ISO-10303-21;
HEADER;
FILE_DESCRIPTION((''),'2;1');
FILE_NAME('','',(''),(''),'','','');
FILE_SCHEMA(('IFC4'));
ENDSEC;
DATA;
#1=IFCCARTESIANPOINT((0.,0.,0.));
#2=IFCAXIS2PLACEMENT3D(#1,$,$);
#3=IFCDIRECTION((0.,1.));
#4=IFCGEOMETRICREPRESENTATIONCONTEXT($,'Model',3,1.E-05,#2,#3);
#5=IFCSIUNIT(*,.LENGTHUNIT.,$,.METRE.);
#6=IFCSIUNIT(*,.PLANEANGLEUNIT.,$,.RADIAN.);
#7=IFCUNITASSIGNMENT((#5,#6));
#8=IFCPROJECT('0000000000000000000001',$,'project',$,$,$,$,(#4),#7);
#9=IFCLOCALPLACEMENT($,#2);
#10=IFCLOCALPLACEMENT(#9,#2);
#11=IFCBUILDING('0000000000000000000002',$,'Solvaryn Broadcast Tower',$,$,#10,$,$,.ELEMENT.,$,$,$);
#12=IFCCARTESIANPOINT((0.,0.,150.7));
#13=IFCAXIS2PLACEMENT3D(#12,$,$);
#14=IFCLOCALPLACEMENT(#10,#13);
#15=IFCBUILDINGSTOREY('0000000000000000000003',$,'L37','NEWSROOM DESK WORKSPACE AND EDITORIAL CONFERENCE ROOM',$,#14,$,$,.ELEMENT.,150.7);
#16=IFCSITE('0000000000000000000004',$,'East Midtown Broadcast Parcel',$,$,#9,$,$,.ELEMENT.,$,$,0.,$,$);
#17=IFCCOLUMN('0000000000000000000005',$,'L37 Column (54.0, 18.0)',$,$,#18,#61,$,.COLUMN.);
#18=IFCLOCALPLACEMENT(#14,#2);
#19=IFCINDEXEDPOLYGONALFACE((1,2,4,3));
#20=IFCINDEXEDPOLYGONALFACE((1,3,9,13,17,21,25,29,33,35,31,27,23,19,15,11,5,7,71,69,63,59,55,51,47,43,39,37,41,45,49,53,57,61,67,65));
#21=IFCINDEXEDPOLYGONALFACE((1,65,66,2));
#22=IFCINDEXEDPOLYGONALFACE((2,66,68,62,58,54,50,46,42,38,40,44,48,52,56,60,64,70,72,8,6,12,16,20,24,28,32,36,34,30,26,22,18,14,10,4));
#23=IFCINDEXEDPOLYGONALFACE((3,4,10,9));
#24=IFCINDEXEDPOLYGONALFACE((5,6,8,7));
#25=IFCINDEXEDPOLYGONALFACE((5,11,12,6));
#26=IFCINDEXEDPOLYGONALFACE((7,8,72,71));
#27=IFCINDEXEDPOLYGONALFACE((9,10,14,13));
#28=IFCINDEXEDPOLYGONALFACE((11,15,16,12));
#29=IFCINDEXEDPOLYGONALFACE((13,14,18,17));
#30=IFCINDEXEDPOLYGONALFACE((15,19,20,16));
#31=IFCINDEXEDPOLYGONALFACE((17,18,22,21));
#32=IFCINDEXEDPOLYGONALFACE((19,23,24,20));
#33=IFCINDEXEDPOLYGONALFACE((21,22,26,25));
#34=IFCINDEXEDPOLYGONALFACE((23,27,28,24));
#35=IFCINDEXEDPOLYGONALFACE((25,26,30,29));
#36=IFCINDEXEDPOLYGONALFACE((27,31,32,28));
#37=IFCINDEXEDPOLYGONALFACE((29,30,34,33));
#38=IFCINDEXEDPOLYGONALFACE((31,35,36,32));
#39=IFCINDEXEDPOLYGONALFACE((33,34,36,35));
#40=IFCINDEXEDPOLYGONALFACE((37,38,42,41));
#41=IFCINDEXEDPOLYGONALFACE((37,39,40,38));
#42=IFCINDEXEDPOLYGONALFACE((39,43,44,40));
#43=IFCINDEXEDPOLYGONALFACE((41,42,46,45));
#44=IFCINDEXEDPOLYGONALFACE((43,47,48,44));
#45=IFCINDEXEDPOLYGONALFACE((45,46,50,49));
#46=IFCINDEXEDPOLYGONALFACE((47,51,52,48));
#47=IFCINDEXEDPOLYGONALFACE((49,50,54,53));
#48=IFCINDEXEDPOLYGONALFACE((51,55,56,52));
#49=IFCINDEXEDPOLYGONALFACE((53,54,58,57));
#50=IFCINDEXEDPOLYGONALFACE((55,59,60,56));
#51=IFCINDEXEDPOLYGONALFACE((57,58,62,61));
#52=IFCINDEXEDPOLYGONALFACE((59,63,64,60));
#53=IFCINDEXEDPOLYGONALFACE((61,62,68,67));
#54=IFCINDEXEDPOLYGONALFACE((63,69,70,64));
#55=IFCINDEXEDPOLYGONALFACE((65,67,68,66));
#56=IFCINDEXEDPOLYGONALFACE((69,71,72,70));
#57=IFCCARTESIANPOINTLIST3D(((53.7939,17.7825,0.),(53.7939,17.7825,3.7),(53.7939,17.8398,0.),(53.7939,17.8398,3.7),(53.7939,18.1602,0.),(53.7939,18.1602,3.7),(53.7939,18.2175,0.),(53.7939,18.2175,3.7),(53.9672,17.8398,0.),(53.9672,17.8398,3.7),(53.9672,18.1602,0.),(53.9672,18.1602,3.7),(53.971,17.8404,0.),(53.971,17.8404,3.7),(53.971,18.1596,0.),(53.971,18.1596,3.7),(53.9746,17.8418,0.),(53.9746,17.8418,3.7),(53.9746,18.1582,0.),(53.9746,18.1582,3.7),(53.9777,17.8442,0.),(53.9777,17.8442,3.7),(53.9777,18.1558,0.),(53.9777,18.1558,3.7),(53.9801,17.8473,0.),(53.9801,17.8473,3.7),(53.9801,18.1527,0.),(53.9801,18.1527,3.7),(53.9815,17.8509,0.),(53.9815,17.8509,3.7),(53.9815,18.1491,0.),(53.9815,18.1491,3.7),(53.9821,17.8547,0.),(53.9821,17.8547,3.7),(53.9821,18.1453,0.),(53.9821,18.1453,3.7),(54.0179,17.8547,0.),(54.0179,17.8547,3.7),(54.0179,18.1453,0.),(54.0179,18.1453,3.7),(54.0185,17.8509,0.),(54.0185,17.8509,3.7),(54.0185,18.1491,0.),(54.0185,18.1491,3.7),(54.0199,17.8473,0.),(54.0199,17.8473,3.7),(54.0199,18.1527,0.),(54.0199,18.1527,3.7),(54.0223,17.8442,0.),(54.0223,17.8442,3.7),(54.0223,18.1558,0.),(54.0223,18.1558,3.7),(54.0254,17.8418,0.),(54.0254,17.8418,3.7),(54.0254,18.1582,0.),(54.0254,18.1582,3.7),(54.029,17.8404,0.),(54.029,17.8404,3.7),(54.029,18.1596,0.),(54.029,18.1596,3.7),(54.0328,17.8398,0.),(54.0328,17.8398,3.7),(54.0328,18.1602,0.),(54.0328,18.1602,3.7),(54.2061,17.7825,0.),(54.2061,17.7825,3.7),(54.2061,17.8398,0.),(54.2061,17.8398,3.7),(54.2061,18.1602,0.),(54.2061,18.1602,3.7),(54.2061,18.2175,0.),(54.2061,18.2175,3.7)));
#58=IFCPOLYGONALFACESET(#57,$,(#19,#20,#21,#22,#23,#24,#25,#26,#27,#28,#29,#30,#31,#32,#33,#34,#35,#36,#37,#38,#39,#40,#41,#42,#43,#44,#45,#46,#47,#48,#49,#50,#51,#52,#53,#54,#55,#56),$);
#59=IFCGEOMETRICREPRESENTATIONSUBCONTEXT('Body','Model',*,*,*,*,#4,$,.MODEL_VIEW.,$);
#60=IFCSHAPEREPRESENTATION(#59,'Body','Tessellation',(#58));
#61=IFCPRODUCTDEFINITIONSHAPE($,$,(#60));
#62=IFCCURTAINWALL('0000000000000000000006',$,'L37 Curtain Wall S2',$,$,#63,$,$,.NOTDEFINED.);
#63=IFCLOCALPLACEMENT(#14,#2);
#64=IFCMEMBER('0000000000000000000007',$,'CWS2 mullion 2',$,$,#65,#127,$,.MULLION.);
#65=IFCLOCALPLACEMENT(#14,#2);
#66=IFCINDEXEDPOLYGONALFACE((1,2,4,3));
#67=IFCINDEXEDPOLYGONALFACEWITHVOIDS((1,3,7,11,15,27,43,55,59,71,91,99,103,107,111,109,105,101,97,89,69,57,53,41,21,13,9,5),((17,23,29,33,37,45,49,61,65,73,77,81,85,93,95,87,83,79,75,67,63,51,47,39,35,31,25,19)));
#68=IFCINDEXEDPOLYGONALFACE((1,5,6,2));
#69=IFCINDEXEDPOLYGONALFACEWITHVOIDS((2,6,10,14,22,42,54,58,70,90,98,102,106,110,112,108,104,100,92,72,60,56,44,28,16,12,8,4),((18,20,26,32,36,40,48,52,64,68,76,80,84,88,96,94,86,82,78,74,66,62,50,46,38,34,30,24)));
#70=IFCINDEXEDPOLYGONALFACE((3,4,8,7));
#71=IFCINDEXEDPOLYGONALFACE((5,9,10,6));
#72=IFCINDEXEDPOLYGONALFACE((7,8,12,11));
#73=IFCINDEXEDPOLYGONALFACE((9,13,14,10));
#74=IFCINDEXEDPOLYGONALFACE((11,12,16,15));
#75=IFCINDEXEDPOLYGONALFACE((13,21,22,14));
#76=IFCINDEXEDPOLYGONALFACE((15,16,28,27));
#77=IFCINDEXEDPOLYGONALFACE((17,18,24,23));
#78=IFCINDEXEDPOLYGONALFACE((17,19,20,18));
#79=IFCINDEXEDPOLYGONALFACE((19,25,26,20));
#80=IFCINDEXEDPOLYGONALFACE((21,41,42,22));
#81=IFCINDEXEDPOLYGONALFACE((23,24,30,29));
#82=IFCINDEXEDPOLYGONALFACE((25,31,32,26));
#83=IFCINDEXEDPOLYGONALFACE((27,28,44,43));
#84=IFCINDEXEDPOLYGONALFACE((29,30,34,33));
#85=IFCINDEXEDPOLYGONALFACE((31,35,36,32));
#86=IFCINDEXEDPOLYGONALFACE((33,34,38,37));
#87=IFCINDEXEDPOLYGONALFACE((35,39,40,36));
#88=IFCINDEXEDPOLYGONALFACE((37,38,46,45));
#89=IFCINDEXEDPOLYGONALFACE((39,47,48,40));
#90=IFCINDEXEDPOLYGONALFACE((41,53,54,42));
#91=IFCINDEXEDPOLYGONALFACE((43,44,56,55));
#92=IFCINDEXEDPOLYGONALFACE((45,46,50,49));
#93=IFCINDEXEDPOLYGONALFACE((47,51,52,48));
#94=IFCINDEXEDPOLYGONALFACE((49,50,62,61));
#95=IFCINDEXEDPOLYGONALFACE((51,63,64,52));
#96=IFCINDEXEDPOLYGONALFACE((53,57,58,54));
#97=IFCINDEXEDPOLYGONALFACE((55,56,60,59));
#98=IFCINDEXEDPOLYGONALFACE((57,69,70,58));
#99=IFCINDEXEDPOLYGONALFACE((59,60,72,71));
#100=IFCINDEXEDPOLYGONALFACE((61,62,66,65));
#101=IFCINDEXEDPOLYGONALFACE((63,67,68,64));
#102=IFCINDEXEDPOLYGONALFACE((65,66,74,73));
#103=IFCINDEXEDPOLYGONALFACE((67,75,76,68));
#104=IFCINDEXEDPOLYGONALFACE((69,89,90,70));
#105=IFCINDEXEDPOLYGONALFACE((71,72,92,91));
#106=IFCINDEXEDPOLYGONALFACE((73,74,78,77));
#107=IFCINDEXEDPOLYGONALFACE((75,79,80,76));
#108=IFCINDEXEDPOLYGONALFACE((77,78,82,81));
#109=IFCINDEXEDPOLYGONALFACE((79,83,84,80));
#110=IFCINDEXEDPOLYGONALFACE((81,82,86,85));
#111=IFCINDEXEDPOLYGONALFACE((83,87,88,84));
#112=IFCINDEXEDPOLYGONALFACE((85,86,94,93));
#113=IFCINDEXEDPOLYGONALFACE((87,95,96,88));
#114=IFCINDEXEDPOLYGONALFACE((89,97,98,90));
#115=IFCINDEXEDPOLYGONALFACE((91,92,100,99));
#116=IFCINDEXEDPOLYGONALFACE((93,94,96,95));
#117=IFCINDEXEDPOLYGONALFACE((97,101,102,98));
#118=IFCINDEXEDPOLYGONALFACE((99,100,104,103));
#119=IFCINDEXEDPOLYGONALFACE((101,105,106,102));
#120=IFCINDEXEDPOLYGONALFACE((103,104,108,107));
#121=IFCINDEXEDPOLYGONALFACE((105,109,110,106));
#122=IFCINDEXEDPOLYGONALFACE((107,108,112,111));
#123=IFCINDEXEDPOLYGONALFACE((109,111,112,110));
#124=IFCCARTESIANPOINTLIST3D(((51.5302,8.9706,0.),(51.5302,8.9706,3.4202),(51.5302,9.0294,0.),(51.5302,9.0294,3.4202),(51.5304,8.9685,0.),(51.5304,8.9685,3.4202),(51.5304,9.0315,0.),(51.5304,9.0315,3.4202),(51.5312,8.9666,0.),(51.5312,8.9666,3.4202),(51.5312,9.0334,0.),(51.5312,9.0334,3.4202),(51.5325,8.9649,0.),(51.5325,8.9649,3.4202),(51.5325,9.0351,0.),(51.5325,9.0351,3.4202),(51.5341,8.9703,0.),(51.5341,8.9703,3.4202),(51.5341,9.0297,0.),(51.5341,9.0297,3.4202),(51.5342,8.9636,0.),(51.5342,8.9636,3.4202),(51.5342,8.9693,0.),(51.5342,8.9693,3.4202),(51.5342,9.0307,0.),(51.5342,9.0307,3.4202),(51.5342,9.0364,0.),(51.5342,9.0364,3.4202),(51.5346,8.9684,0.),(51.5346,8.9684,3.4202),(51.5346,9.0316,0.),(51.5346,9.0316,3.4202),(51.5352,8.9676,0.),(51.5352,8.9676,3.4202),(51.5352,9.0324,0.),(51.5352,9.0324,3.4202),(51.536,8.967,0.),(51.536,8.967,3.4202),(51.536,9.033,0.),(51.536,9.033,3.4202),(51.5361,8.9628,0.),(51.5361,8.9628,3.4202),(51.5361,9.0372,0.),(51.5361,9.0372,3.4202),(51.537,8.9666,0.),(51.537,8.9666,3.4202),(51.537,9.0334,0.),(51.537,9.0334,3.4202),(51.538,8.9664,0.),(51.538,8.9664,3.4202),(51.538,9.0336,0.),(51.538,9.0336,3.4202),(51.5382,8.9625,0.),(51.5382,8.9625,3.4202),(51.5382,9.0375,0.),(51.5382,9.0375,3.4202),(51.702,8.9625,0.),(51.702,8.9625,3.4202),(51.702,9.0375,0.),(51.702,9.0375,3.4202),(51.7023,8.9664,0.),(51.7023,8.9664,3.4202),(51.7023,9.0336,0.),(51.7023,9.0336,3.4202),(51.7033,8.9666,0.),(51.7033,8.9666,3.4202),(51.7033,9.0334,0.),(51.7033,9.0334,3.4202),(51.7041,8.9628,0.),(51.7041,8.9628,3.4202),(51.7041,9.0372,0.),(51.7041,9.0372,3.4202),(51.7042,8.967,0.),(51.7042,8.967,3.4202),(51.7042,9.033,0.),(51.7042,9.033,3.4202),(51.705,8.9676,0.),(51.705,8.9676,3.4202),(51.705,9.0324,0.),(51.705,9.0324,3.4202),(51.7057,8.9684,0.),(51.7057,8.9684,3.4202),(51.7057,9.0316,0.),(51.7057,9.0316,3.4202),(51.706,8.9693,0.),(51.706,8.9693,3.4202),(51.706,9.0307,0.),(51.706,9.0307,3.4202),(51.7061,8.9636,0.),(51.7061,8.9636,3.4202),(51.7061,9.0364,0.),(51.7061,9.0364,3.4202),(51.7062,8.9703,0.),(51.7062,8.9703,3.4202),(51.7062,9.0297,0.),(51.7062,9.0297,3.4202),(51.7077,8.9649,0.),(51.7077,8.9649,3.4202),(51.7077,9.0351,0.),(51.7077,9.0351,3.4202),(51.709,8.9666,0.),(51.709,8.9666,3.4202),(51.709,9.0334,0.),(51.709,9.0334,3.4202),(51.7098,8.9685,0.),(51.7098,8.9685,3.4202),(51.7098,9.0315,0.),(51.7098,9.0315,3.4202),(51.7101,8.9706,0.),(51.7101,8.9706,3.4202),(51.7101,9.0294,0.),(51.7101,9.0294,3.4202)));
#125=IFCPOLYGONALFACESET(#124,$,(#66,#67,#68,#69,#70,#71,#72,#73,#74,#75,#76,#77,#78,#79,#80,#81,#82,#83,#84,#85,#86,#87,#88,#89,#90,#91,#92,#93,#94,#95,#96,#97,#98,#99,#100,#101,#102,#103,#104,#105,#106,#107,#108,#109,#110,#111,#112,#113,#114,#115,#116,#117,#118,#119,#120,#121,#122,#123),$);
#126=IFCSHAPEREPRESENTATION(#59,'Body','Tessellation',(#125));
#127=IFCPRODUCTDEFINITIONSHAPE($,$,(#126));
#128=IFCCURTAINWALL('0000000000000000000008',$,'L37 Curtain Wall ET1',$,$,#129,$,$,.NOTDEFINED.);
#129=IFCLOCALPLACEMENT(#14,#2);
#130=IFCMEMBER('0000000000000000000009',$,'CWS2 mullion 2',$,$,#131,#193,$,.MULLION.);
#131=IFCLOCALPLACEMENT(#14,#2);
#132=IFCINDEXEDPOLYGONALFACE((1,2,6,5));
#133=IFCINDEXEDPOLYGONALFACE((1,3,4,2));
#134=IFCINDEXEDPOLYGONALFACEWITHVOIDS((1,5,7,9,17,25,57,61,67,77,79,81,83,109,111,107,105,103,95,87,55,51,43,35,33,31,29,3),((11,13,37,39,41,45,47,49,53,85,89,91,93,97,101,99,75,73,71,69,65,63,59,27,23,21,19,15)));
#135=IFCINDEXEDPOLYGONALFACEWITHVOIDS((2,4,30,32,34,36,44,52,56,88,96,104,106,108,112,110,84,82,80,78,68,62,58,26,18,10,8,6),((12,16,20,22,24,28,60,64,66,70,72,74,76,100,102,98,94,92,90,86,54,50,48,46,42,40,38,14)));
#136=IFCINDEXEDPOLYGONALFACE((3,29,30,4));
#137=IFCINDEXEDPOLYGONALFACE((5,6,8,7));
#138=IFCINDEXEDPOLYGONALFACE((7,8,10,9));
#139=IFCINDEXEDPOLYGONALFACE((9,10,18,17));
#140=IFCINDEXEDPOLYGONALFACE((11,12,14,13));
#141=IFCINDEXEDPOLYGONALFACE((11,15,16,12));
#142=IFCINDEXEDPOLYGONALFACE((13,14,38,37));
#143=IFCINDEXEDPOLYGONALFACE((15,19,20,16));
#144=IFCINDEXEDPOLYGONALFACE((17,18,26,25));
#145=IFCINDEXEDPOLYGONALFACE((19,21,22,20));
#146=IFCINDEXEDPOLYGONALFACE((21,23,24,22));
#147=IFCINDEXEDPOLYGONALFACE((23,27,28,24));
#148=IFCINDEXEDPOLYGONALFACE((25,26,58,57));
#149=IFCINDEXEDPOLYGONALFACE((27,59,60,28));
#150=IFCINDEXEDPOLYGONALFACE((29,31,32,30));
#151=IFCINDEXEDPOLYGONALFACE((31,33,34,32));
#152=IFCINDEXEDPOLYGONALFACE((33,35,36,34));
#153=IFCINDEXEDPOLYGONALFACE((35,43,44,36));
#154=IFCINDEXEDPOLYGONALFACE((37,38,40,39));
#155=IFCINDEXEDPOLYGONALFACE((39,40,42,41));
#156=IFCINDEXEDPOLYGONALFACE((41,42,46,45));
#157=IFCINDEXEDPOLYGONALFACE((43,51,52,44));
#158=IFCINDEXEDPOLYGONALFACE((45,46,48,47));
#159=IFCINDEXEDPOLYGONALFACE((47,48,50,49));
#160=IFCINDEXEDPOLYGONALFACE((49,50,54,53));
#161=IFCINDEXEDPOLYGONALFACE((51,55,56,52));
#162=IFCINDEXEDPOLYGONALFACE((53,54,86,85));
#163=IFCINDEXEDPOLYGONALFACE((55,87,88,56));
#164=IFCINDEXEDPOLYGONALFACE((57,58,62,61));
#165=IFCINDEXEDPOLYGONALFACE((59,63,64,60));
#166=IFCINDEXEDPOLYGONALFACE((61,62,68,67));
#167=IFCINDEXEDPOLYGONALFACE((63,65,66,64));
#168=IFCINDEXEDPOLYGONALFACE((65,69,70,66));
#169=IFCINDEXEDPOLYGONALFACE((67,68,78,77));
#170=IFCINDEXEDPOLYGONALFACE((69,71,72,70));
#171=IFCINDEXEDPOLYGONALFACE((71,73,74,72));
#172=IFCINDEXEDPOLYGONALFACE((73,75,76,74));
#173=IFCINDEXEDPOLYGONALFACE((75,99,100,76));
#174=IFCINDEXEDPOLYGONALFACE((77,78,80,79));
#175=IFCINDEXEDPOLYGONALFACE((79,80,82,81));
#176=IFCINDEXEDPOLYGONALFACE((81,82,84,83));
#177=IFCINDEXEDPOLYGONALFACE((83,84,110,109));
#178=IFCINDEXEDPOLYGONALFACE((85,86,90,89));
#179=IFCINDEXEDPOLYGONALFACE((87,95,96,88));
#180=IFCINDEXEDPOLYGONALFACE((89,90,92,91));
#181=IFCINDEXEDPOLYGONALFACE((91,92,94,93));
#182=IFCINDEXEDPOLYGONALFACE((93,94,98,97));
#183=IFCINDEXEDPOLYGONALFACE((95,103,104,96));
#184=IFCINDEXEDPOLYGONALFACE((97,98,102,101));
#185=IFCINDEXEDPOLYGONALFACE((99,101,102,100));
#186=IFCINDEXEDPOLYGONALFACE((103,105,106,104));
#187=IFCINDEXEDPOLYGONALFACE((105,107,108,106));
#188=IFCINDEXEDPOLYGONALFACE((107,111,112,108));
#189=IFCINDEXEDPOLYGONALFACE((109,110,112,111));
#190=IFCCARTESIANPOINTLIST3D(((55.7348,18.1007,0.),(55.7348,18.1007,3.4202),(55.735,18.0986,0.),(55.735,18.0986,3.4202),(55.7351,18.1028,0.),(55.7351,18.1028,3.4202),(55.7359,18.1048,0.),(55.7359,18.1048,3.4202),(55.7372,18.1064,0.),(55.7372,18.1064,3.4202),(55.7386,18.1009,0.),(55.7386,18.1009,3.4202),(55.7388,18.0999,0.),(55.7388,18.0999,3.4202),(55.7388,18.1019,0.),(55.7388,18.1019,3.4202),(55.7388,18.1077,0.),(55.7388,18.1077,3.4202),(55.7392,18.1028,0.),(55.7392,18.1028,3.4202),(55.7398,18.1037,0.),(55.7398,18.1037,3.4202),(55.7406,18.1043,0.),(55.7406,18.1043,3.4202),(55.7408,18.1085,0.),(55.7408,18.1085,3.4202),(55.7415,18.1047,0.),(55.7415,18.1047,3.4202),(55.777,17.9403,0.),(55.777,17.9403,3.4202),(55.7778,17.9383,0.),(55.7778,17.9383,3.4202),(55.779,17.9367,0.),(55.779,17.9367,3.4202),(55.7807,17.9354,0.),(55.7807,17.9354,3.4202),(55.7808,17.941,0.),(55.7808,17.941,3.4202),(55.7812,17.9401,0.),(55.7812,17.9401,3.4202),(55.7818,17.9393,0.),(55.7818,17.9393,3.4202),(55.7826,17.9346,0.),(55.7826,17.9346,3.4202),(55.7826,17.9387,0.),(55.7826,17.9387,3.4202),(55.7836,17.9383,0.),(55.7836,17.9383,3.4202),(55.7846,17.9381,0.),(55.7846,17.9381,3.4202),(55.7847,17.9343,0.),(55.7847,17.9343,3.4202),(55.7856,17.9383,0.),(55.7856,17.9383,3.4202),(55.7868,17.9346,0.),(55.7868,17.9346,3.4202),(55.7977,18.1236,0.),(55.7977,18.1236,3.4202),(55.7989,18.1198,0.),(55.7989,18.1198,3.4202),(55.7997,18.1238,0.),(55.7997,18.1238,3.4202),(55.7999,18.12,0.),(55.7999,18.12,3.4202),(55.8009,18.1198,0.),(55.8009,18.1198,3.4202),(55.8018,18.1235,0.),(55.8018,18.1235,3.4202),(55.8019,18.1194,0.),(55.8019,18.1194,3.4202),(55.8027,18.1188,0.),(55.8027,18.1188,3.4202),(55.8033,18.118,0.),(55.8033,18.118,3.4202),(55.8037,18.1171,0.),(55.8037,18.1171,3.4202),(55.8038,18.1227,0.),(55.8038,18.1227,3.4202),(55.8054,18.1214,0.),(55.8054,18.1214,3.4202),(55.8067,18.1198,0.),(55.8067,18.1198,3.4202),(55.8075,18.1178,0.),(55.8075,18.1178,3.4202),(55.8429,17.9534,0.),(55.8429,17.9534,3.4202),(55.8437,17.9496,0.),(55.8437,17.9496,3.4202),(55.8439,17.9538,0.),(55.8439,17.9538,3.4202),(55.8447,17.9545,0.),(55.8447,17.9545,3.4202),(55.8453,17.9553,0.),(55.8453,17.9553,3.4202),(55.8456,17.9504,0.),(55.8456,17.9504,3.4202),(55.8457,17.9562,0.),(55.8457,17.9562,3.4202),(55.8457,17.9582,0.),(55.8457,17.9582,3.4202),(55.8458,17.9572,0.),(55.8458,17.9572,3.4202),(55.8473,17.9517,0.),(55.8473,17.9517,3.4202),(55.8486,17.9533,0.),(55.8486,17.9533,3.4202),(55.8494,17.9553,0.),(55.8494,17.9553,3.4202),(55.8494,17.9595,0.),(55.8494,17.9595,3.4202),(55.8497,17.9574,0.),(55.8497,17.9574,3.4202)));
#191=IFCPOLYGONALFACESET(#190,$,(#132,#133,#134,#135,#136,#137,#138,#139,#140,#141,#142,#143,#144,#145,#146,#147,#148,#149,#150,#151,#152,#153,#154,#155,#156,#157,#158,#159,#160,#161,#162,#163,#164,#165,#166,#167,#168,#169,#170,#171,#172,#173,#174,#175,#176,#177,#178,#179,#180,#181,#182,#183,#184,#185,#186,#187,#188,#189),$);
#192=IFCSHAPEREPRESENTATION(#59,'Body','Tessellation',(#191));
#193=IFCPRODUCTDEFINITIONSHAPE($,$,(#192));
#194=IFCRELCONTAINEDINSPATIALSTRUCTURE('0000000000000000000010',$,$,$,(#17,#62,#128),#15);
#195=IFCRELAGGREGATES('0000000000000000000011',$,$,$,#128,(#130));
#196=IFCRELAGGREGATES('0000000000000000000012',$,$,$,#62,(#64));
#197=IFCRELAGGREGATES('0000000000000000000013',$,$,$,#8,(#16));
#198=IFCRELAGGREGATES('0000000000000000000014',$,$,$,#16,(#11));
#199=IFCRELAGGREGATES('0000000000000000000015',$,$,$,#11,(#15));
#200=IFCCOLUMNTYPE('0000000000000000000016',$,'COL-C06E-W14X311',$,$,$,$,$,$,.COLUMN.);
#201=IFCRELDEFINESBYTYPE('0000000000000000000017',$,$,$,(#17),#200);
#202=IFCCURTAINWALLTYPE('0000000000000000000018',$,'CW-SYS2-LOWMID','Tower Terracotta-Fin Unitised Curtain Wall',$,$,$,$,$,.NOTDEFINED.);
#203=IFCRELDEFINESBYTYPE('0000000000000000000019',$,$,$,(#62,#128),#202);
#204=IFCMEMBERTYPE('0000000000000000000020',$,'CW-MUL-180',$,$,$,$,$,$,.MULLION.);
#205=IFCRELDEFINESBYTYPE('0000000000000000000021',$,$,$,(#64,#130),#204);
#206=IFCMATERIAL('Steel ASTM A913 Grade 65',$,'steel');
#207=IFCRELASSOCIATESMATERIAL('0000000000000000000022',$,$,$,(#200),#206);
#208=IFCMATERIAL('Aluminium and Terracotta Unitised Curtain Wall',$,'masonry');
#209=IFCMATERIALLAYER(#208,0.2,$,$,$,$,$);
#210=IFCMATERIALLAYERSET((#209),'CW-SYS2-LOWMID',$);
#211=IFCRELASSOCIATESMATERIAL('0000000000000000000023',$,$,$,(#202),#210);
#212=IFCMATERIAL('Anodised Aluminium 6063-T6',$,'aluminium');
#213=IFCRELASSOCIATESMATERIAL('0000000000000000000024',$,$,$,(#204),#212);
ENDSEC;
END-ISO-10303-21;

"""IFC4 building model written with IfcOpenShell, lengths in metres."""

from ifc_helpers import new_model, si_unit, direction, frame, origin, origin_2d, place, context, subcontext, project, spatial, hollow_rectangle, i_section, extrude, material, layer, layer_set, material_profile, profile_set, type_object, element, aggregate, save


model = new_model("IFC4")

# Units and contexts
model_context = context("Model", 3, precision=1e-05, world=origin(), true_north=direction((0.0, 1.0)))
body_context = subcontext(model_context, "Body", "Model", "MODEL_VIEW")
ifc_project = project(units=[si_unit("LENGTHUNIT", "METRE"), si_unit("PLANEANGLEUNIT", "RADIAN")], contexts=[model_context])

# Site, building, storey
site_placement = place(None, origin())
site = spatial("IfcSite", under=ifc_project, at=site_placement, Name="East Midtown Broadcast Parcel", CompositionType="ELEMENT", RefElevation=0.0)
building_placement = place(site_placement, origin())
building = spatial("IfcBuilding", under=site, at=building_placement, Name="Solvaryn Broadcast Tower", CompositionType="ELEMENT")
storey_placement = place(building_placement, frame((0.0, 0.0, 150.7)))
storey = spatial("IfcBuildingStorey", under=building, at=storey_placement, Name="L37", Description="NEWSROOM DESK WORKSPACE AND EDITORIAL CONFERENCE ROOM", CompositionType="ELEMENT", Elevation=150.7)

# Column
ifc_material_1 = material(Name="Steel ASTM A913 Grade 65", Category="steel")
ifc_material_profile_1 = material_profile(ifc_material_1, i_section(OverallWidth=0.4121, OverallDepth=0.4351, WebThickness=0.0359, FlangeThickness=0.0574, FilletRadius=0.0149, at=origin_2d()))
ifc_profile_set_1 = profile_set([ifc_material_profile_1], Name="Steel ASTM A913 Grade 65")
column_type = type_object("IfcColumnType", Name="COL-C06E-W14X311", PredefinedType="COLUMN", material=ifc_profile_set_1)
column_placement = place(storey_placement, frame((54.0, 18.0, 0.0), z_axis=(0.0, 0.0, 1.0), x_axis=(1.0, 0.0, 0.0)))
element("IfcColumn", 1, at=column_placement, inside=storey, type_object=column_type, Name="L37 Column (54.0, 18.0)", PredefinedType="COLUMN", context=body_context, shape_type="SweptSolid", body=[
    extrude(i_section(OverallWidth=0.4121, OverallDepth=0.4351, WebThickness=0.0359, FlangeThickness=0.0574, FilletRadius=0.0149, at=origin_2d()), origin(), (0.0, 0.0, 1.0), 3.7),
])

# Curtain walls, members
ifc_material_2 = material(Name="Aluminium and Terracotta Unitised Curtain Wall", Category="masonry")
ifc_layer_1 = layer(ifc_material_2, 0.2)
ifc_layer_set_1 = layer_set([ifc_layer_1], Name="CW-SYS2-LOWMID")
curtain_wall_type = type_object("IfcCurtainWallType", Name="CW-SYS2-LOWMID", Description="Tower Terracotta-Fin Unitised Curtain Wall", PredefinedType="NOTDEFINED", material=ifc_layer_set_1)
curtain_wall_1_placement = place(storey_placement, origin())
curtain_wall_1 = element("IfcCurtainWall", 2, at=curtain_wall_1_placement, inside=storey, type_object=curtain_wall_type, Name="L37 Curtain Wall S2", PredefinedType="NOTDEFINED")
ifc_material_3 = material(Name="Anodised Aluminium 6063-T6", Category="aluminium")
ifc_material_profile_2 = material_profile(ifc_material_3, hollow_rectangle(XDim=0.075, YDim=0.1799, WallThickness=0.0039, InnerFilletRadius=0.0039, OuterFilletRadius=0.0081, at=origin_2d()))
ifc_profile_set_2 = profile_set([ifc_material_profile_2], Name="Anodised Aluminium 6063-T6")
member_type_1 = type_object("IfcMemberType", Name="CW-MUL-180", PredefinedType="MULLION", material=ifc_profile_set_2)
member_1_placement = place(storey_placement, frame((51.6201, 9.0, 0.0), z_axis=(0.0, 0.0, 1.0), x_axis=(0.0, 1.0, 0.0)))
member_1 = element("IfcMember", 3, at=member_1_placement, type_object=member_type_1, Name="CWS2 mullion 2", PredefinedType="MULLION", context=body_context, shape_type="SweptSolid", body=[
    extrude(hollow_rectangle(XDim=0.075, YDim=0.1799, WallThickness=0.0039, InnerFilletRadius=0.0039, OuterFilletRadius=0.0081, at=origin_2d()), origin(), (0.0, 0.0, 1.0), 3.4202),
])
curtain_wall_2_placement = place(storey_placement, origin())
curtain_wall_2 = element("IfcCurtainWall", 4, at=curtain_wall_2_placement, inside=storey, type_object=curtain_wall_type, Name="L37 Curtain Wall ET1", PredefinedType="NOTDEFINED")
member_2_placement = place(storey_placement, frame((55.7922, 18.0291, 0.0), z_axis=(0.0, 0.0, 1.0), x_axis=(0.966705, 0.255893, 0.0)))
member_2 = element("IfcMember", 5, at=member_2_placement, type_object=member_type_1, Name="CWS2 mullion 2", PredefinedType="MULLION", context=body_context, shape_type="SweptSolid", body=[
    extrude(hollow_rectangle(XDim=0.075, YDim=0.1799, WallThickness=0.0039, InnerFilletRadius=0.0039, OuterFilletRadius=0.0081, at=origin_2d()), origin(), (0.0, 0.0, 1.0), 3.4202),
])
aggregate(curtain_wall_2, [member_2])

aggregate(curtain_wall_1, [member_1])

save(model, "model.ifc")
